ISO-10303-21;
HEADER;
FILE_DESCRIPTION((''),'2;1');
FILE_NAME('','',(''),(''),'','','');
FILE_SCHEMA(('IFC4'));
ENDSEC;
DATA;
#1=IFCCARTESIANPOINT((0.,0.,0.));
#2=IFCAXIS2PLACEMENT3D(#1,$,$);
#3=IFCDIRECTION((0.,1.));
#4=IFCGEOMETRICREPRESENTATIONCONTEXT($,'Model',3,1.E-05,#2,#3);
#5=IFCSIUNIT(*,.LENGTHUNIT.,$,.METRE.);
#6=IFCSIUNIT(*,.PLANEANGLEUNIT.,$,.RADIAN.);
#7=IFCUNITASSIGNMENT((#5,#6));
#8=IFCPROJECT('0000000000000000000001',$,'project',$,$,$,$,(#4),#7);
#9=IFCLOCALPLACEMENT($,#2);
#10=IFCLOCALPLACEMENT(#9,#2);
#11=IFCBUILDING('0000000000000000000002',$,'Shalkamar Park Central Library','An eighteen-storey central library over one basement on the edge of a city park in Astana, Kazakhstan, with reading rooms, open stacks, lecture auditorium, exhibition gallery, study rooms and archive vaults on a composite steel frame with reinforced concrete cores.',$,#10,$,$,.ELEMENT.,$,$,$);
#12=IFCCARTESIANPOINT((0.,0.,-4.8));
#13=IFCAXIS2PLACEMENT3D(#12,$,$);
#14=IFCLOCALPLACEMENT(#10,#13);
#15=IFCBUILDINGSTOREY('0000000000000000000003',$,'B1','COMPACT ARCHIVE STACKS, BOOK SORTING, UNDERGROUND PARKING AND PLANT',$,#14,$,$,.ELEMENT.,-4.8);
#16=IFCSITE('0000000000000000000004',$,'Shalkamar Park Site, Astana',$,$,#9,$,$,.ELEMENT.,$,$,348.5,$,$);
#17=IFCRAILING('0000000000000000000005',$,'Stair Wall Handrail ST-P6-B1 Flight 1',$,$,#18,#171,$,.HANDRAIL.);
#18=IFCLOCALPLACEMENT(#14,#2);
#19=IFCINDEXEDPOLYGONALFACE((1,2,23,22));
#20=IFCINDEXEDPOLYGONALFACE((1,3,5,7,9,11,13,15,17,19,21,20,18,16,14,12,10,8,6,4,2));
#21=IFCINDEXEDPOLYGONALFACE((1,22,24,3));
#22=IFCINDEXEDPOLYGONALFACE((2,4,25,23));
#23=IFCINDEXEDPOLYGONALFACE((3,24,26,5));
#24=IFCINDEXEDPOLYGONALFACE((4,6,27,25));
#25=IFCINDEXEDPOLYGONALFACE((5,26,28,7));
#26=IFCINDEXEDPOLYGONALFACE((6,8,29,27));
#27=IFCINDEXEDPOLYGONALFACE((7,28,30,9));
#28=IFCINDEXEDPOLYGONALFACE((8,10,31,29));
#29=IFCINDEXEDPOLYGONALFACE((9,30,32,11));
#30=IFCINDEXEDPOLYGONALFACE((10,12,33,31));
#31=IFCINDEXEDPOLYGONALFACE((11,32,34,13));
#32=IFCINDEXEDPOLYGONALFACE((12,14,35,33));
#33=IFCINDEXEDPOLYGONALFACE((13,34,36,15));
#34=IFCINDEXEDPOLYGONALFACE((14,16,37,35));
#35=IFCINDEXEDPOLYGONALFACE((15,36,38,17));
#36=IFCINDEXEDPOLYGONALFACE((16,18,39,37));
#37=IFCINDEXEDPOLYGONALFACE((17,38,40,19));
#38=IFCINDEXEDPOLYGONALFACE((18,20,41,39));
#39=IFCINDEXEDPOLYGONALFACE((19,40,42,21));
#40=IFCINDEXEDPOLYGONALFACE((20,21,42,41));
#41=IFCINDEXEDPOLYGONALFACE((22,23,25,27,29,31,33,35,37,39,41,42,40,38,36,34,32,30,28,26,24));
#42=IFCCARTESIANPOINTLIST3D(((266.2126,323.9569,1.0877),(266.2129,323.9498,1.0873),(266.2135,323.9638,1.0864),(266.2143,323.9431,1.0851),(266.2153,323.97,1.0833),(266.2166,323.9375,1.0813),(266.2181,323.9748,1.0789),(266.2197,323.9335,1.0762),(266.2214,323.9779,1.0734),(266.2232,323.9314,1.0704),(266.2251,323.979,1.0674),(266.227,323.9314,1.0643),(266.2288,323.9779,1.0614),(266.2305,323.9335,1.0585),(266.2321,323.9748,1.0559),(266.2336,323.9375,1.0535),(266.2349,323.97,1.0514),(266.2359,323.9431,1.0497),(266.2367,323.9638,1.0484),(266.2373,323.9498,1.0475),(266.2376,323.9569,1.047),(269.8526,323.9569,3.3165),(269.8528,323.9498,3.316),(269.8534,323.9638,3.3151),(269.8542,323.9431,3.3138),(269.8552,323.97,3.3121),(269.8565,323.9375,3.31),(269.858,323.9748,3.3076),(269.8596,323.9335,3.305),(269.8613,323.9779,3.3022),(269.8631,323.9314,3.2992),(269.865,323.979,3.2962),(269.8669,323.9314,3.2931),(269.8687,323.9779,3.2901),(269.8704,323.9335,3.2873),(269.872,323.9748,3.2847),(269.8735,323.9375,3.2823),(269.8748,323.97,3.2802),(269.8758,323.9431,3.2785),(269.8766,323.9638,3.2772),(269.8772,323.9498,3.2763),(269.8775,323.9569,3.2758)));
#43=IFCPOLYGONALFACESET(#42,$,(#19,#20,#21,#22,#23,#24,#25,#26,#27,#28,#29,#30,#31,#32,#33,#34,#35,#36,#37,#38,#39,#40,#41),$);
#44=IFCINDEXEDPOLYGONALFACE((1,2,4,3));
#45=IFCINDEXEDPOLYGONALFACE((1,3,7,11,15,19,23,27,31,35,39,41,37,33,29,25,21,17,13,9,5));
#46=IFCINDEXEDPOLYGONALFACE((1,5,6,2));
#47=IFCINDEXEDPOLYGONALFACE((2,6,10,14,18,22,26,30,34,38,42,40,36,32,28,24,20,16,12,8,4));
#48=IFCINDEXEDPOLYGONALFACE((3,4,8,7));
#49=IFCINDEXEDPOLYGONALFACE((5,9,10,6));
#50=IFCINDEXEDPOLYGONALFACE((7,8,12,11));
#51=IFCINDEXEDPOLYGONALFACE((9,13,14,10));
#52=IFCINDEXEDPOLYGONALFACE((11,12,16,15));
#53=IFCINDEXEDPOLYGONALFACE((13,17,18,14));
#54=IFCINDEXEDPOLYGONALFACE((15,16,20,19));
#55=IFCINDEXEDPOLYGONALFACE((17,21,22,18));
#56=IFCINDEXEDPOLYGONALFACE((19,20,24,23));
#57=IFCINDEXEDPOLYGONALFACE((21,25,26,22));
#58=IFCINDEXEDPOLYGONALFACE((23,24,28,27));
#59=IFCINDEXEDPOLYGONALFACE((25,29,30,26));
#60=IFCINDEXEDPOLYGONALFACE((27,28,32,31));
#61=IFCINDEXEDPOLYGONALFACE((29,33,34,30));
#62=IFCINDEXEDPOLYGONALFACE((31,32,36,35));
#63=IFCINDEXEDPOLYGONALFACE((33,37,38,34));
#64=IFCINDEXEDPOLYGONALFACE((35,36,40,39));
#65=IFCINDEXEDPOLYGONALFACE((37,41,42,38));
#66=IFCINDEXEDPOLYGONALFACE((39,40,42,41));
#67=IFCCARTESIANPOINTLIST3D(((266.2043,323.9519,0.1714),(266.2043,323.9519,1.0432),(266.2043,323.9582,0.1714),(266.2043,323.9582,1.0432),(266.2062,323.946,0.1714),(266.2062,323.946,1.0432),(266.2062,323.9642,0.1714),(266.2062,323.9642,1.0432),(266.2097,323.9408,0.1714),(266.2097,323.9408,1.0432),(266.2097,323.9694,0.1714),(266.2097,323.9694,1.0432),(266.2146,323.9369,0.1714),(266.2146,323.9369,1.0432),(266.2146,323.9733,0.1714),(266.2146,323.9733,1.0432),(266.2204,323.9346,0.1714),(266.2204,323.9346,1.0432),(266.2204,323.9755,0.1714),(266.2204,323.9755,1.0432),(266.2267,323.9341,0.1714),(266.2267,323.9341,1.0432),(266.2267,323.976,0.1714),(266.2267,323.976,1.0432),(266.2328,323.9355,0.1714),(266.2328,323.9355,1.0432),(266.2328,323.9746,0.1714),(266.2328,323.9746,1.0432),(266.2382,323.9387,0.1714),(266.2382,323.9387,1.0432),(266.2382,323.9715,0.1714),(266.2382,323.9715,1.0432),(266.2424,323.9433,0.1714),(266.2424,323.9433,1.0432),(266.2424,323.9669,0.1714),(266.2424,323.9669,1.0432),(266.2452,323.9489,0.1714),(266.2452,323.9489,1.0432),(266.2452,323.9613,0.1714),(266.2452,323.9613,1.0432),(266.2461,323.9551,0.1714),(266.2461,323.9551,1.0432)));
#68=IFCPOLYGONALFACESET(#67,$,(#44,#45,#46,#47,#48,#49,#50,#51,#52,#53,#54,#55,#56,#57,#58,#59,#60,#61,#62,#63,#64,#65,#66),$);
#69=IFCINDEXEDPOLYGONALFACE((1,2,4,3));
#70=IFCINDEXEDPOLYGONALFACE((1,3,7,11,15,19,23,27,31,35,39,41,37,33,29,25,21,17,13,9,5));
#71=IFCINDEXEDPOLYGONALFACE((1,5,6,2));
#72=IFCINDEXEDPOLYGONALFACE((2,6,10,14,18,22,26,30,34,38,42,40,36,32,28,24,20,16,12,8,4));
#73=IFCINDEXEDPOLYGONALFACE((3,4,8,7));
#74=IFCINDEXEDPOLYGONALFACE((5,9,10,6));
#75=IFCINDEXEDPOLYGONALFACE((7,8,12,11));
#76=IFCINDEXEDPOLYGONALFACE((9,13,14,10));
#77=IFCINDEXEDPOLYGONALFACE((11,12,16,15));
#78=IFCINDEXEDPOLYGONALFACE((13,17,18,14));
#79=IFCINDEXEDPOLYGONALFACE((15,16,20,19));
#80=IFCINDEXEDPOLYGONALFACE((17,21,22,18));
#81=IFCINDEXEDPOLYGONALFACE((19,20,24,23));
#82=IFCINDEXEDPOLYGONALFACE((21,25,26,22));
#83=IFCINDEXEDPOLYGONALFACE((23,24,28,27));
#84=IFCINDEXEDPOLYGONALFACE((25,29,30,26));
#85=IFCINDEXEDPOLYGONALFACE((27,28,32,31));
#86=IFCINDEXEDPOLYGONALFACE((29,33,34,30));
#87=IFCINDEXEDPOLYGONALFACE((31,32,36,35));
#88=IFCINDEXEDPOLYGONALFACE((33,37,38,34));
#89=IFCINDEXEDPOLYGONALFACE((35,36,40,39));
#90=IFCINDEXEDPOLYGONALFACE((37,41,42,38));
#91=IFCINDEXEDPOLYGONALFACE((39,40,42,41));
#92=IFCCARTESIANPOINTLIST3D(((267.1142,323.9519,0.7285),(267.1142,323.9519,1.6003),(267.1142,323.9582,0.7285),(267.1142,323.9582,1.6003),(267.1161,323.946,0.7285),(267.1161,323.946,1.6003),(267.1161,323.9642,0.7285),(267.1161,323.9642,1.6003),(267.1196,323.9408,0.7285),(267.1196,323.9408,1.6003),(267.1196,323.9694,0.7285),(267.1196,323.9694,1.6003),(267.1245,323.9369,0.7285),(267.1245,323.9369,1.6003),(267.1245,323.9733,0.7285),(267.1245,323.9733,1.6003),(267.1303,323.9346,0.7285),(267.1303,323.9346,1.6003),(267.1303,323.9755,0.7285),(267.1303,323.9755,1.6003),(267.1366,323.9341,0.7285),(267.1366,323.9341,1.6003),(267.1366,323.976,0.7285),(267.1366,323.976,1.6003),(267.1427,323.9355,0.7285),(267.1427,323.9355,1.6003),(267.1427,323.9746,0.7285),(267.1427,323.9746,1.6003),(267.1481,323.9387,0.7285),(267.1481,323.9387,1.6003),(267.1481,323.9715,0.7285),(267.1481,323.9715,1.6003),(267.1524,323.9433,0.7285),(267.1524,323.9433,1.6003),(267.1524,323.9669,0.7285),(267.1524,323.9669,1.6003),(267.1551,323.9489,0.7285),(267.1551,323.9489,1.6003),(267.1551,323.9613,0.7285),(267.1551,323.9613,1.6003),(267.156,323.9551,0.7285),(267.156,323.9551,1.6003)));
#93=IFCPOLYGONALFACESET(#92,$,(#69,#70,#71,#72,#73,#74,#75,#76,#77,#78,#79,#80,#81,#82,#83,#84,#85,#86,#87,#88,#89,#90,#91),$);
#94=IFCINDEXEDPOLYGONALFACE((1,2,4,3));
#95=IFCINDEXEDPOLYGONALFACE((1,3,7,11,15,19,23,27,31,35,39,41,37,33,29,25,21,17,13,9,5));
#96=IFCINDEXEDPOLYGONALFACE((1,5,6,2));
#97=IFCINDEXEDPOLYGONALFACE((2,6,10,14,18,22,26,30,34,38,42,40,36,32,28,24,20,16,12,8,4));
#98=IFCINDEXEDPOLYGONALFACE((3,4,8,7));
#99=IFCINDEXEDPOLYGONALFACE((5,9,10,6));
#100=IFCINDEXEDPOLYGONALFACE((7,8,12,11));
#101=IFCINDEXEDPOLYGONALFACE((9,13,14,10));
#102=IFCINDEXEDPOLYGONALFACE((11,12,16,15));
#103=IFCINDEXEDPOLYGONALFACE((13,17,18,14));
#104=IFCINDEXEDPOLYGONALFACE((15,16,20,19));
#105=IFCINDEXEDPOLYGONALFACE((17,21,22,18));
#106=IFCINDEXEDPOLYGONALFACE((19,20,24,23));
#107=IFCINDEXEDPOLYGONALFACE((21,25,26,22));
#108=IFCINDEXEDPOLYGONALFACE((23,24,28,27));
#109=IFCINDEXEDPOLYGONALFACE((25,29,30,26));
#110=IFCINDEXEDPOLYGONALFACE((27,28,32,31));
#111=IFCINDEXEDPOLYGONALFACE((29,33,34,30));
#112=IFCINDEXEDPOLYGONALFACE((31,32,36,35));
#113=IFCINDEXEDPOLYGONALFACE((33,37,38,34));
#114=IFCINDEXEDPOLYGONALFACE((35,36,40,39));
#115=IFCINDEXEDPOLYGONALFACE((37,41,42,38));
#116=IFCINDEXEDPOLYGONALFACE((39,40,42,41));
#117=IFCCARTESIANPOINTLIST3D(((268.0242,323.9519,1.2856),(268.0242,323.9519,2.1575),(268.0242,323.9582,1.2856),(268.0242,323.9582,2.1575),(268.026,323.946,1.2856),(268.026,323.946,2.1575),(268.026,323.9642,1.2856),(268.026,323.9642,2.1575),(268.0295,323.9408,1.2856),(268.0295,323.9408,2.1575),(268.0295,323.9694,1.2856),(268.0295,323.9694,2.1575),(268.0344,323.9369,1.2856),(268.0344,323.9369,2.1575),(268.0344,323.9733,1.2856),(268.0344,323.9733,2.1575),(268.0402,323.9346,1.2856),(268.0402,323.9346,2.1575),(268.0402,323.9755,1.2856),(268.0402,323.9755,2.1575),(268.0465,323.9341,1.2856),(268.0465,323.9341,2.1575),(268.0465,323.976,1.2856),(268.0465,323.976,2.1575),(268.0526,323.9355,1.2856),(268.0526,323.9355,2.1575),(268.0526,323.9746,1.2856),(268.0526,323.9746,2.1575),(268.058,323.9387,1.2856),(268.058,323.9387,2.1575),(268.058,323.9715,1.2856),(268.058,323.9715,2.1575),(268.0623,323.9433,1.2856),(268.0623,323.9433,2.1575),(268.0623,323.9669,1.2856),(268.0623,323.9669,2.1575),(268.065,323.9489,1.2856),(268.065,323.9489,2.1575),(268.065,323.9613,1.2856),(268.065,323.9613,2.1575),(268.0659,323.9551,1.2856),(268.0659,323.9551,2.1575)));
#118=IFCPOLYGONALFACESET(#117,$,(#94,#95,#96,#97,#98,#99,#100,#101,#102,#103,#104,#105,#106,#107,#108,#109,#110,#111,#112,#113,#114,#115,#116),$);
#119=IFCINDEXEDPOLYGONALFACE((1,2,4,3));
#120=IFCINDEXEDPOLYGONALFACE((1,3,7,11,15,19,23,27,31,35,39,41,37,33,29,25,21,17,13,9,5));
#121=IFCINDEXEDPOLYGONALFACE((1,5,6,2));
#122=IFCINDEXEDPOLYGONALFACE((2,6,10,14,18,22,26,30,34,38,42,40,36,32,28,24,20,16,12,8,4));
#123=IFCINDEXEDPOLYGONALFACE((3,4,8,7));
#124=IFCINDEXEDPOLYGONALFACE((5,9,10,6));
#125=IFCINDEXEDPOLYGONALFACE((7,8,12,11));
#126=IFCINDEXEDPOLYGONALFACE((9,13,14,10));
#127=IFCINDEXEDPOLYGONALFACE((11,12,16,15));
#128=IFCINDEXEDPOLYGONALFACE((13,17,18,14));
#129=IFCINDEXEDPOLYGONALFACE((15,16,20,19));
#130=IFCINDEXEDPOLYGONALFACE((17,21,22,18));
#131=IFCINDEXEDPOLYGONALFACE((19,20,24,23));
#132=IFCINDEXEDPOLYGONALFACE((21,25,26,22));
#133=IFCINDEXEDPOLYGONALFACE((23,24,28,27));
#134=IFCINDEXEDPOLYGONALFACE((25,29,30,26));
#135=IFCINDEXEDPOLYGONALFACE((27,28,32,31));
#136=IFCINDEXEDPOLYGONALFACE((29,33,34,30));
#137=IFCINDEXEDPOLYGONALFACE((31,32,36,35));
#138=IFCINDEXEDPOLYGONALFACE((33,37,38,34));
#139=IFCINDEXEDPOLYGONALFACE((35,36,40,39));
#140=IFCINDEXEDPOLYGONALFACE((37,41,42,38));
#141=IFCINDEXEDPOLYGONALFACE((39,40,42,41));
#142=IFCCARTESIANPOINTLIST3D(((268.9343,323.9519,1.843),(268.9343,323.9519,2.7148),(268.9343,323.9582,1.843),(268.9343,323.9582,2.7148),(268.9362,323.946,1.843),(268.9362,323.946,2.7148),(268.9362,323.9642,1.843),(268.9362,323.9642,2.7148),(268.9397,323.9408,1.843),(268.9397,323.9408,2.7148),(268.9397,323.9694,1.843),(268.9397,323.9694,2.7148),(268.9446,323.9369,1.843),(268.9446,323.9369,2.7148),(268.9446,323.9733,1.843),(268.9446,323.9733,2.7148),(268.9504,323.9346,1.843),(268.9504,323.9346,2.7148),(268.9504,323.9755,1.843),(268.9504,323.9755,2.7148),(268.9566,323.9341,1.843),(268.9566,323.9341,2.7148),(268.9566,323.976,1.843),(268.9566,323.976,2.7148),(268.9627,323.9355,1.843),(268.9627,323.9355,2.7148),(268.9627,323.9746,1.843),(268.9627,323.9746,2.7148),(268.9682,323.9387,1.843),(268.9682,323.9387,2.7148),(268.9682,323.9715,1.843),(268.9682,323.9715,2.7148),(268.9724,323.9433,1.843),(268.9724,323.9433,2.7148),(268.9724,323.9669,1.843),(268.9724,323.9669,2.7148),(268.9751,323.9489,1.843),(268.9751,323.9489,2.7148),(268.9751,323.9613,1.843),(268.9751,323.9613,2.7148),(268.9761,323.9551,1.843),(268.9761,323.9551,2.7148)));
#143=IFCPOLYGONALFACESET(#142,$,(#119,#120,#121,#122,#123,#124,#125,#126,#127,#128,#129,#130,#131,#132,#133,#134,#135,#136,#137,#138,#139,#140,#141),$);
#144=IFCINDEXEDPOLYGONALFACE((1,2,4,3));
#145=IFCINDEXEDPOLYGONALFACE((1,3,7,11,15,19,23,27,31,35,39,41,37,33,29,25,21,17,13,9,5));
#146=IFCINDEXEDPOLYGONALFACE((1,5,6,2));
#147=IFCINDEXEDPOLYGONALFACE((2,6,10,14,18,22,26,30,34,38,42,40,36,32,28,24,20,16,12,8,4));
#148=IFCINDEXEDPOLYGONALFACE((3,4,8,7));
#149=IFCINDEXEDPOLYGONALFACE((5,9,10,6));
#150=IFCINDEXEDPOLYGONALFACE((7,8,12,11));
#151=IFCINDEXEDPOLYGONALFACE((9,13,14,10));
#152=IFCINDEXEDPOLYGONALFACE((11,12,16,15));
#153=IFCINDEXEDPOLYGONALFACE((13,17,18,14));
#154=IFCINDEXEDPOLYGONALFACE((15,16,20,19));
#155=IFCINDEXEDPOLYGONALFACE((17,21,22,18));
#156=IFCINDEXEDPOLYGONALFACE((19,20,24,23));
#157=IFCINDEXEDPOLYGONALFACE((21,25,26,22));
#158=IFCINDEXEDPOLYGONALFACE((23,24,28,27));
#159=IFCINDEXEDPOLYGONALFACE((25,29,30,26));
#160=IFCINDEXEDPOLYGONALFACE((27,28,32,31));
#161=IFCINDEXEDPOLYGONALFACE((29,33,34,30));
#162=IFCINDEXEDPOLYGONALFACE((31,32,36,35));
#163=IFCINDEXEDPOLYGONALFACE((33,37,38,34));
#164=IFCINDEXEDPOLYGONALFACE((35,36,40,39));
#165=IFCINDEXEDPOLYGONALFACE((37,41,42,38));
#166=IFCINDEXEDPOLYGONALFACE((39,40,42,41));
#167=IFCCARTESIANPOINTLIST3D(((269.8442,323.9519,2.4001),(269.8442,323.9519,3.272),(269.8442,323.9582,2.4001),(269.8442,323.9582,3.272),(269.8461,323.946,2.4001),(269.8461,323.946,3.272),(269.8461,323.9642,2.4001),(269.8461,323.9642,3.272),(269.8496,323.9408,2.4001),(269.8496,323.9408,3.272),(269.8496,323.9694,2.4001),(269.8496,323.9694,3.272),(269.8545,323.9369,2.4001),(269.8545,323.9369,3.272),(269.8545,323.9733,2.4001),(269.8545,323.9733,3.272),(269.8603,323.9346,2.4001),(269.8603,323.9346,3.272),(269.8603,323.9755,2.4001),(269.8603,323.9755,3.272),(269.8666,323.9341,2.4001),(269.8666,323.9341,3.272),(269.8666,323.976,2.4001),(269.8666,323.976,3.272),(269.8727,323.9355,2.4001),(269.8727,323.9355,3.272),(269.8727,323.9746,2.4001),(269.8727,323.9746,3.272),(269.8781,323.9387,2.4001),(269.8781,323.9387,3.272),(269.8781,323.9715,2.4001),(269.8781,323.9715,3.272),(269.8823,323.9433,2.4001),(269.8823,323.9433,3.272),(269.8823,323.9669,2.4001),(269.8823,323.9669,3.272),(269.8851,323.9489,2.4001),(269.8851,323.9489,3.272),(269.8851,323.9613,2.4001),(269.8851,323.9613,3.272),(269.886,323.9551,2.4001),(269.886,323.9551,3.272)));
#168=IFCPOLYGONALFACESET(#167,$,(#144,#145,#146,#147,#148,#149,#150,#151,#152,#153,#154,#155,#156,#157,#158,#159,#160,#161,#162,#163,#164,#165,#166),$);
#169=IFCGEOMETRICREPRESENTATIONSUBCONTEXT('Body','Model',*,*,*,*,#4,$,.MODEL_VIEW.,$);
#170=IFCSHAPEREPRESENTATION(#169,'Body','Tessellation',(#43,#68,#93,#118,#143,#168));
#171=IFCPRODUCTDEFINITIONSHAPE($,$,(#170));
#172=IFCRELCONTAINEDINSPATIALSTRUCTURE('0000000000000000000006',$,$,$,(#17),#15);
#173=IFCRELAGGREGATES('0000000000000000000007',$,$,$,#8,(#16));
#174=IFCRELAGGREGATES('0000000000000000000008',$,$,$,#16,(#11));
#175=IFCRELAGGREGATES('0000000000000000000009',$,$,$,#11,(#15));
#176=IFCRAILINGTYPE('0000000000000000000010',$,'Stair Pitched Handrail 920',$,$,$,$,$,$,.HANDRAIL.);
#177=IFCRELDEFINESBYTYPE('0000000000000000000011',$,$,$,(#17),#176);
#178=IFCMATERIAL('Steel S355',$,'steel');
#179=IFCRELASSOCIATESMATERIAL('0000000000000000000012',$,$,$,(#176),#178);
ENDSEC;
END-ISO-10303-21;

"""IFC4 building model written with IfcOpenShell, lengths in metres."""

from ifc_helpers import new_model, si_unit, direction, frame, origin, origin_2d, place, context, subcontext, project, spatial, circle, extrude, material, type_object, element, save


model = new_model("IFC4")

# Units and contexts
model_context = context("Model", 3, precision=1e-05, world=origin(), true_north=direction((0.0, 1.0)))
body_context = subcontext(model_context, "Body", "Model", "MODEL_VIEW")
ifc_project = project(units=[si_unit("LENGTHUNIT", "METRE"), si_unit("PLANEANGLEUNIT", "RADIAN")], contexts=[model_context])

# Site, building, storey
site_placement = place(None, origin())
site = spatial("IfcSite", under=ifc_project, at=site_placement, Name="Shalkamar Park Site, Astana", CompositionType="ELEMENT", RefElevation=348.5)
building_placement = place(site_placement, origin())
building = spatial("IfcBuilding", under=site, at=building_placement, Name="Shalkamar Park Central Library", Description="An eighteen-storey central library over one basement on the edge of a city park in Astana, Kazakhstan, with reading rooms, open stacks, lecture auditorium, exhibition gallery, study rooms and archive vaults on a composite steel frame with reinforced concrete cores.", CompositionType="ELEMENT")
storey_placement = place(building_placement, frame((0.0, 0.0, -4.8)))
storey = spatial("IfcBuildingStorey", under=building, at=storey_placement, Name="B1", Description="COMPACT ARCHIVE STACKS, BOOK SORTING, UNDERGROUND PARKING AND PLANT", CompositionType="ELEMENT", Elevation=-4.8)

# Shared definitions
ifc_material_1 = material(Name="Steel S355", Category="steel")

# Railing
railing_type_1 = type_object("IfcRailingType", Name="Stair Pitched Handrail 920", PredefinedType="HANDRAIL", material=ifc_material_1)
railing_1_placement = place(storey_placement, frame((266.2251, 323.9551, 0.1714)))
element("IfcRailing", 1, at=railing_1_placement, inside=storey, type_object=railing_type_1, Name="Stair Wall Handrail ST-P6-B1 Flight 1", PredefinedType="HANDRAIL", context=body_context, shape_type="SweptSolid", body=[
    extrude(circle(Radius=0.0239, at=origin_2d()), frame((0.0, 0.0, 0.896), z_axis=(0.852825, 0.0, 0.522197), x_axis=(0.0, 1.0, 0.0)), (0.0, 0.0, 1.0), 4.2681),
    extrude(circle(Radius=0.021, at=origin_2d()), origin(), (0.0, 0.0, 1.0), 0.8718),
    extrude(circle(Radius=0.021, at=origin_2d()), frame((0.9099, 0.0, 0.5571)), (0.0, 0.0, 1.0), 0.8718),
    extrude(circle(Radius=0.021, at=origin_2d()), frame((1.8198, 0.0, 1.1143)), (0.0, 0.0, 1.0), 0.8718),
    extrude(circle(Radius=0.021, at=origin_2d()), frame((2.73, 0.0, 1.6716)), (0.0, 0.0, 1.0), 0.8718),
    extrude(circle(Radius=0.021, at=origin_2d()), frame((3.6399, 0.0, 2.2288)), (0.0, 0.0, 1.0), 0.8718),
])

save(model, "model.ifc")
